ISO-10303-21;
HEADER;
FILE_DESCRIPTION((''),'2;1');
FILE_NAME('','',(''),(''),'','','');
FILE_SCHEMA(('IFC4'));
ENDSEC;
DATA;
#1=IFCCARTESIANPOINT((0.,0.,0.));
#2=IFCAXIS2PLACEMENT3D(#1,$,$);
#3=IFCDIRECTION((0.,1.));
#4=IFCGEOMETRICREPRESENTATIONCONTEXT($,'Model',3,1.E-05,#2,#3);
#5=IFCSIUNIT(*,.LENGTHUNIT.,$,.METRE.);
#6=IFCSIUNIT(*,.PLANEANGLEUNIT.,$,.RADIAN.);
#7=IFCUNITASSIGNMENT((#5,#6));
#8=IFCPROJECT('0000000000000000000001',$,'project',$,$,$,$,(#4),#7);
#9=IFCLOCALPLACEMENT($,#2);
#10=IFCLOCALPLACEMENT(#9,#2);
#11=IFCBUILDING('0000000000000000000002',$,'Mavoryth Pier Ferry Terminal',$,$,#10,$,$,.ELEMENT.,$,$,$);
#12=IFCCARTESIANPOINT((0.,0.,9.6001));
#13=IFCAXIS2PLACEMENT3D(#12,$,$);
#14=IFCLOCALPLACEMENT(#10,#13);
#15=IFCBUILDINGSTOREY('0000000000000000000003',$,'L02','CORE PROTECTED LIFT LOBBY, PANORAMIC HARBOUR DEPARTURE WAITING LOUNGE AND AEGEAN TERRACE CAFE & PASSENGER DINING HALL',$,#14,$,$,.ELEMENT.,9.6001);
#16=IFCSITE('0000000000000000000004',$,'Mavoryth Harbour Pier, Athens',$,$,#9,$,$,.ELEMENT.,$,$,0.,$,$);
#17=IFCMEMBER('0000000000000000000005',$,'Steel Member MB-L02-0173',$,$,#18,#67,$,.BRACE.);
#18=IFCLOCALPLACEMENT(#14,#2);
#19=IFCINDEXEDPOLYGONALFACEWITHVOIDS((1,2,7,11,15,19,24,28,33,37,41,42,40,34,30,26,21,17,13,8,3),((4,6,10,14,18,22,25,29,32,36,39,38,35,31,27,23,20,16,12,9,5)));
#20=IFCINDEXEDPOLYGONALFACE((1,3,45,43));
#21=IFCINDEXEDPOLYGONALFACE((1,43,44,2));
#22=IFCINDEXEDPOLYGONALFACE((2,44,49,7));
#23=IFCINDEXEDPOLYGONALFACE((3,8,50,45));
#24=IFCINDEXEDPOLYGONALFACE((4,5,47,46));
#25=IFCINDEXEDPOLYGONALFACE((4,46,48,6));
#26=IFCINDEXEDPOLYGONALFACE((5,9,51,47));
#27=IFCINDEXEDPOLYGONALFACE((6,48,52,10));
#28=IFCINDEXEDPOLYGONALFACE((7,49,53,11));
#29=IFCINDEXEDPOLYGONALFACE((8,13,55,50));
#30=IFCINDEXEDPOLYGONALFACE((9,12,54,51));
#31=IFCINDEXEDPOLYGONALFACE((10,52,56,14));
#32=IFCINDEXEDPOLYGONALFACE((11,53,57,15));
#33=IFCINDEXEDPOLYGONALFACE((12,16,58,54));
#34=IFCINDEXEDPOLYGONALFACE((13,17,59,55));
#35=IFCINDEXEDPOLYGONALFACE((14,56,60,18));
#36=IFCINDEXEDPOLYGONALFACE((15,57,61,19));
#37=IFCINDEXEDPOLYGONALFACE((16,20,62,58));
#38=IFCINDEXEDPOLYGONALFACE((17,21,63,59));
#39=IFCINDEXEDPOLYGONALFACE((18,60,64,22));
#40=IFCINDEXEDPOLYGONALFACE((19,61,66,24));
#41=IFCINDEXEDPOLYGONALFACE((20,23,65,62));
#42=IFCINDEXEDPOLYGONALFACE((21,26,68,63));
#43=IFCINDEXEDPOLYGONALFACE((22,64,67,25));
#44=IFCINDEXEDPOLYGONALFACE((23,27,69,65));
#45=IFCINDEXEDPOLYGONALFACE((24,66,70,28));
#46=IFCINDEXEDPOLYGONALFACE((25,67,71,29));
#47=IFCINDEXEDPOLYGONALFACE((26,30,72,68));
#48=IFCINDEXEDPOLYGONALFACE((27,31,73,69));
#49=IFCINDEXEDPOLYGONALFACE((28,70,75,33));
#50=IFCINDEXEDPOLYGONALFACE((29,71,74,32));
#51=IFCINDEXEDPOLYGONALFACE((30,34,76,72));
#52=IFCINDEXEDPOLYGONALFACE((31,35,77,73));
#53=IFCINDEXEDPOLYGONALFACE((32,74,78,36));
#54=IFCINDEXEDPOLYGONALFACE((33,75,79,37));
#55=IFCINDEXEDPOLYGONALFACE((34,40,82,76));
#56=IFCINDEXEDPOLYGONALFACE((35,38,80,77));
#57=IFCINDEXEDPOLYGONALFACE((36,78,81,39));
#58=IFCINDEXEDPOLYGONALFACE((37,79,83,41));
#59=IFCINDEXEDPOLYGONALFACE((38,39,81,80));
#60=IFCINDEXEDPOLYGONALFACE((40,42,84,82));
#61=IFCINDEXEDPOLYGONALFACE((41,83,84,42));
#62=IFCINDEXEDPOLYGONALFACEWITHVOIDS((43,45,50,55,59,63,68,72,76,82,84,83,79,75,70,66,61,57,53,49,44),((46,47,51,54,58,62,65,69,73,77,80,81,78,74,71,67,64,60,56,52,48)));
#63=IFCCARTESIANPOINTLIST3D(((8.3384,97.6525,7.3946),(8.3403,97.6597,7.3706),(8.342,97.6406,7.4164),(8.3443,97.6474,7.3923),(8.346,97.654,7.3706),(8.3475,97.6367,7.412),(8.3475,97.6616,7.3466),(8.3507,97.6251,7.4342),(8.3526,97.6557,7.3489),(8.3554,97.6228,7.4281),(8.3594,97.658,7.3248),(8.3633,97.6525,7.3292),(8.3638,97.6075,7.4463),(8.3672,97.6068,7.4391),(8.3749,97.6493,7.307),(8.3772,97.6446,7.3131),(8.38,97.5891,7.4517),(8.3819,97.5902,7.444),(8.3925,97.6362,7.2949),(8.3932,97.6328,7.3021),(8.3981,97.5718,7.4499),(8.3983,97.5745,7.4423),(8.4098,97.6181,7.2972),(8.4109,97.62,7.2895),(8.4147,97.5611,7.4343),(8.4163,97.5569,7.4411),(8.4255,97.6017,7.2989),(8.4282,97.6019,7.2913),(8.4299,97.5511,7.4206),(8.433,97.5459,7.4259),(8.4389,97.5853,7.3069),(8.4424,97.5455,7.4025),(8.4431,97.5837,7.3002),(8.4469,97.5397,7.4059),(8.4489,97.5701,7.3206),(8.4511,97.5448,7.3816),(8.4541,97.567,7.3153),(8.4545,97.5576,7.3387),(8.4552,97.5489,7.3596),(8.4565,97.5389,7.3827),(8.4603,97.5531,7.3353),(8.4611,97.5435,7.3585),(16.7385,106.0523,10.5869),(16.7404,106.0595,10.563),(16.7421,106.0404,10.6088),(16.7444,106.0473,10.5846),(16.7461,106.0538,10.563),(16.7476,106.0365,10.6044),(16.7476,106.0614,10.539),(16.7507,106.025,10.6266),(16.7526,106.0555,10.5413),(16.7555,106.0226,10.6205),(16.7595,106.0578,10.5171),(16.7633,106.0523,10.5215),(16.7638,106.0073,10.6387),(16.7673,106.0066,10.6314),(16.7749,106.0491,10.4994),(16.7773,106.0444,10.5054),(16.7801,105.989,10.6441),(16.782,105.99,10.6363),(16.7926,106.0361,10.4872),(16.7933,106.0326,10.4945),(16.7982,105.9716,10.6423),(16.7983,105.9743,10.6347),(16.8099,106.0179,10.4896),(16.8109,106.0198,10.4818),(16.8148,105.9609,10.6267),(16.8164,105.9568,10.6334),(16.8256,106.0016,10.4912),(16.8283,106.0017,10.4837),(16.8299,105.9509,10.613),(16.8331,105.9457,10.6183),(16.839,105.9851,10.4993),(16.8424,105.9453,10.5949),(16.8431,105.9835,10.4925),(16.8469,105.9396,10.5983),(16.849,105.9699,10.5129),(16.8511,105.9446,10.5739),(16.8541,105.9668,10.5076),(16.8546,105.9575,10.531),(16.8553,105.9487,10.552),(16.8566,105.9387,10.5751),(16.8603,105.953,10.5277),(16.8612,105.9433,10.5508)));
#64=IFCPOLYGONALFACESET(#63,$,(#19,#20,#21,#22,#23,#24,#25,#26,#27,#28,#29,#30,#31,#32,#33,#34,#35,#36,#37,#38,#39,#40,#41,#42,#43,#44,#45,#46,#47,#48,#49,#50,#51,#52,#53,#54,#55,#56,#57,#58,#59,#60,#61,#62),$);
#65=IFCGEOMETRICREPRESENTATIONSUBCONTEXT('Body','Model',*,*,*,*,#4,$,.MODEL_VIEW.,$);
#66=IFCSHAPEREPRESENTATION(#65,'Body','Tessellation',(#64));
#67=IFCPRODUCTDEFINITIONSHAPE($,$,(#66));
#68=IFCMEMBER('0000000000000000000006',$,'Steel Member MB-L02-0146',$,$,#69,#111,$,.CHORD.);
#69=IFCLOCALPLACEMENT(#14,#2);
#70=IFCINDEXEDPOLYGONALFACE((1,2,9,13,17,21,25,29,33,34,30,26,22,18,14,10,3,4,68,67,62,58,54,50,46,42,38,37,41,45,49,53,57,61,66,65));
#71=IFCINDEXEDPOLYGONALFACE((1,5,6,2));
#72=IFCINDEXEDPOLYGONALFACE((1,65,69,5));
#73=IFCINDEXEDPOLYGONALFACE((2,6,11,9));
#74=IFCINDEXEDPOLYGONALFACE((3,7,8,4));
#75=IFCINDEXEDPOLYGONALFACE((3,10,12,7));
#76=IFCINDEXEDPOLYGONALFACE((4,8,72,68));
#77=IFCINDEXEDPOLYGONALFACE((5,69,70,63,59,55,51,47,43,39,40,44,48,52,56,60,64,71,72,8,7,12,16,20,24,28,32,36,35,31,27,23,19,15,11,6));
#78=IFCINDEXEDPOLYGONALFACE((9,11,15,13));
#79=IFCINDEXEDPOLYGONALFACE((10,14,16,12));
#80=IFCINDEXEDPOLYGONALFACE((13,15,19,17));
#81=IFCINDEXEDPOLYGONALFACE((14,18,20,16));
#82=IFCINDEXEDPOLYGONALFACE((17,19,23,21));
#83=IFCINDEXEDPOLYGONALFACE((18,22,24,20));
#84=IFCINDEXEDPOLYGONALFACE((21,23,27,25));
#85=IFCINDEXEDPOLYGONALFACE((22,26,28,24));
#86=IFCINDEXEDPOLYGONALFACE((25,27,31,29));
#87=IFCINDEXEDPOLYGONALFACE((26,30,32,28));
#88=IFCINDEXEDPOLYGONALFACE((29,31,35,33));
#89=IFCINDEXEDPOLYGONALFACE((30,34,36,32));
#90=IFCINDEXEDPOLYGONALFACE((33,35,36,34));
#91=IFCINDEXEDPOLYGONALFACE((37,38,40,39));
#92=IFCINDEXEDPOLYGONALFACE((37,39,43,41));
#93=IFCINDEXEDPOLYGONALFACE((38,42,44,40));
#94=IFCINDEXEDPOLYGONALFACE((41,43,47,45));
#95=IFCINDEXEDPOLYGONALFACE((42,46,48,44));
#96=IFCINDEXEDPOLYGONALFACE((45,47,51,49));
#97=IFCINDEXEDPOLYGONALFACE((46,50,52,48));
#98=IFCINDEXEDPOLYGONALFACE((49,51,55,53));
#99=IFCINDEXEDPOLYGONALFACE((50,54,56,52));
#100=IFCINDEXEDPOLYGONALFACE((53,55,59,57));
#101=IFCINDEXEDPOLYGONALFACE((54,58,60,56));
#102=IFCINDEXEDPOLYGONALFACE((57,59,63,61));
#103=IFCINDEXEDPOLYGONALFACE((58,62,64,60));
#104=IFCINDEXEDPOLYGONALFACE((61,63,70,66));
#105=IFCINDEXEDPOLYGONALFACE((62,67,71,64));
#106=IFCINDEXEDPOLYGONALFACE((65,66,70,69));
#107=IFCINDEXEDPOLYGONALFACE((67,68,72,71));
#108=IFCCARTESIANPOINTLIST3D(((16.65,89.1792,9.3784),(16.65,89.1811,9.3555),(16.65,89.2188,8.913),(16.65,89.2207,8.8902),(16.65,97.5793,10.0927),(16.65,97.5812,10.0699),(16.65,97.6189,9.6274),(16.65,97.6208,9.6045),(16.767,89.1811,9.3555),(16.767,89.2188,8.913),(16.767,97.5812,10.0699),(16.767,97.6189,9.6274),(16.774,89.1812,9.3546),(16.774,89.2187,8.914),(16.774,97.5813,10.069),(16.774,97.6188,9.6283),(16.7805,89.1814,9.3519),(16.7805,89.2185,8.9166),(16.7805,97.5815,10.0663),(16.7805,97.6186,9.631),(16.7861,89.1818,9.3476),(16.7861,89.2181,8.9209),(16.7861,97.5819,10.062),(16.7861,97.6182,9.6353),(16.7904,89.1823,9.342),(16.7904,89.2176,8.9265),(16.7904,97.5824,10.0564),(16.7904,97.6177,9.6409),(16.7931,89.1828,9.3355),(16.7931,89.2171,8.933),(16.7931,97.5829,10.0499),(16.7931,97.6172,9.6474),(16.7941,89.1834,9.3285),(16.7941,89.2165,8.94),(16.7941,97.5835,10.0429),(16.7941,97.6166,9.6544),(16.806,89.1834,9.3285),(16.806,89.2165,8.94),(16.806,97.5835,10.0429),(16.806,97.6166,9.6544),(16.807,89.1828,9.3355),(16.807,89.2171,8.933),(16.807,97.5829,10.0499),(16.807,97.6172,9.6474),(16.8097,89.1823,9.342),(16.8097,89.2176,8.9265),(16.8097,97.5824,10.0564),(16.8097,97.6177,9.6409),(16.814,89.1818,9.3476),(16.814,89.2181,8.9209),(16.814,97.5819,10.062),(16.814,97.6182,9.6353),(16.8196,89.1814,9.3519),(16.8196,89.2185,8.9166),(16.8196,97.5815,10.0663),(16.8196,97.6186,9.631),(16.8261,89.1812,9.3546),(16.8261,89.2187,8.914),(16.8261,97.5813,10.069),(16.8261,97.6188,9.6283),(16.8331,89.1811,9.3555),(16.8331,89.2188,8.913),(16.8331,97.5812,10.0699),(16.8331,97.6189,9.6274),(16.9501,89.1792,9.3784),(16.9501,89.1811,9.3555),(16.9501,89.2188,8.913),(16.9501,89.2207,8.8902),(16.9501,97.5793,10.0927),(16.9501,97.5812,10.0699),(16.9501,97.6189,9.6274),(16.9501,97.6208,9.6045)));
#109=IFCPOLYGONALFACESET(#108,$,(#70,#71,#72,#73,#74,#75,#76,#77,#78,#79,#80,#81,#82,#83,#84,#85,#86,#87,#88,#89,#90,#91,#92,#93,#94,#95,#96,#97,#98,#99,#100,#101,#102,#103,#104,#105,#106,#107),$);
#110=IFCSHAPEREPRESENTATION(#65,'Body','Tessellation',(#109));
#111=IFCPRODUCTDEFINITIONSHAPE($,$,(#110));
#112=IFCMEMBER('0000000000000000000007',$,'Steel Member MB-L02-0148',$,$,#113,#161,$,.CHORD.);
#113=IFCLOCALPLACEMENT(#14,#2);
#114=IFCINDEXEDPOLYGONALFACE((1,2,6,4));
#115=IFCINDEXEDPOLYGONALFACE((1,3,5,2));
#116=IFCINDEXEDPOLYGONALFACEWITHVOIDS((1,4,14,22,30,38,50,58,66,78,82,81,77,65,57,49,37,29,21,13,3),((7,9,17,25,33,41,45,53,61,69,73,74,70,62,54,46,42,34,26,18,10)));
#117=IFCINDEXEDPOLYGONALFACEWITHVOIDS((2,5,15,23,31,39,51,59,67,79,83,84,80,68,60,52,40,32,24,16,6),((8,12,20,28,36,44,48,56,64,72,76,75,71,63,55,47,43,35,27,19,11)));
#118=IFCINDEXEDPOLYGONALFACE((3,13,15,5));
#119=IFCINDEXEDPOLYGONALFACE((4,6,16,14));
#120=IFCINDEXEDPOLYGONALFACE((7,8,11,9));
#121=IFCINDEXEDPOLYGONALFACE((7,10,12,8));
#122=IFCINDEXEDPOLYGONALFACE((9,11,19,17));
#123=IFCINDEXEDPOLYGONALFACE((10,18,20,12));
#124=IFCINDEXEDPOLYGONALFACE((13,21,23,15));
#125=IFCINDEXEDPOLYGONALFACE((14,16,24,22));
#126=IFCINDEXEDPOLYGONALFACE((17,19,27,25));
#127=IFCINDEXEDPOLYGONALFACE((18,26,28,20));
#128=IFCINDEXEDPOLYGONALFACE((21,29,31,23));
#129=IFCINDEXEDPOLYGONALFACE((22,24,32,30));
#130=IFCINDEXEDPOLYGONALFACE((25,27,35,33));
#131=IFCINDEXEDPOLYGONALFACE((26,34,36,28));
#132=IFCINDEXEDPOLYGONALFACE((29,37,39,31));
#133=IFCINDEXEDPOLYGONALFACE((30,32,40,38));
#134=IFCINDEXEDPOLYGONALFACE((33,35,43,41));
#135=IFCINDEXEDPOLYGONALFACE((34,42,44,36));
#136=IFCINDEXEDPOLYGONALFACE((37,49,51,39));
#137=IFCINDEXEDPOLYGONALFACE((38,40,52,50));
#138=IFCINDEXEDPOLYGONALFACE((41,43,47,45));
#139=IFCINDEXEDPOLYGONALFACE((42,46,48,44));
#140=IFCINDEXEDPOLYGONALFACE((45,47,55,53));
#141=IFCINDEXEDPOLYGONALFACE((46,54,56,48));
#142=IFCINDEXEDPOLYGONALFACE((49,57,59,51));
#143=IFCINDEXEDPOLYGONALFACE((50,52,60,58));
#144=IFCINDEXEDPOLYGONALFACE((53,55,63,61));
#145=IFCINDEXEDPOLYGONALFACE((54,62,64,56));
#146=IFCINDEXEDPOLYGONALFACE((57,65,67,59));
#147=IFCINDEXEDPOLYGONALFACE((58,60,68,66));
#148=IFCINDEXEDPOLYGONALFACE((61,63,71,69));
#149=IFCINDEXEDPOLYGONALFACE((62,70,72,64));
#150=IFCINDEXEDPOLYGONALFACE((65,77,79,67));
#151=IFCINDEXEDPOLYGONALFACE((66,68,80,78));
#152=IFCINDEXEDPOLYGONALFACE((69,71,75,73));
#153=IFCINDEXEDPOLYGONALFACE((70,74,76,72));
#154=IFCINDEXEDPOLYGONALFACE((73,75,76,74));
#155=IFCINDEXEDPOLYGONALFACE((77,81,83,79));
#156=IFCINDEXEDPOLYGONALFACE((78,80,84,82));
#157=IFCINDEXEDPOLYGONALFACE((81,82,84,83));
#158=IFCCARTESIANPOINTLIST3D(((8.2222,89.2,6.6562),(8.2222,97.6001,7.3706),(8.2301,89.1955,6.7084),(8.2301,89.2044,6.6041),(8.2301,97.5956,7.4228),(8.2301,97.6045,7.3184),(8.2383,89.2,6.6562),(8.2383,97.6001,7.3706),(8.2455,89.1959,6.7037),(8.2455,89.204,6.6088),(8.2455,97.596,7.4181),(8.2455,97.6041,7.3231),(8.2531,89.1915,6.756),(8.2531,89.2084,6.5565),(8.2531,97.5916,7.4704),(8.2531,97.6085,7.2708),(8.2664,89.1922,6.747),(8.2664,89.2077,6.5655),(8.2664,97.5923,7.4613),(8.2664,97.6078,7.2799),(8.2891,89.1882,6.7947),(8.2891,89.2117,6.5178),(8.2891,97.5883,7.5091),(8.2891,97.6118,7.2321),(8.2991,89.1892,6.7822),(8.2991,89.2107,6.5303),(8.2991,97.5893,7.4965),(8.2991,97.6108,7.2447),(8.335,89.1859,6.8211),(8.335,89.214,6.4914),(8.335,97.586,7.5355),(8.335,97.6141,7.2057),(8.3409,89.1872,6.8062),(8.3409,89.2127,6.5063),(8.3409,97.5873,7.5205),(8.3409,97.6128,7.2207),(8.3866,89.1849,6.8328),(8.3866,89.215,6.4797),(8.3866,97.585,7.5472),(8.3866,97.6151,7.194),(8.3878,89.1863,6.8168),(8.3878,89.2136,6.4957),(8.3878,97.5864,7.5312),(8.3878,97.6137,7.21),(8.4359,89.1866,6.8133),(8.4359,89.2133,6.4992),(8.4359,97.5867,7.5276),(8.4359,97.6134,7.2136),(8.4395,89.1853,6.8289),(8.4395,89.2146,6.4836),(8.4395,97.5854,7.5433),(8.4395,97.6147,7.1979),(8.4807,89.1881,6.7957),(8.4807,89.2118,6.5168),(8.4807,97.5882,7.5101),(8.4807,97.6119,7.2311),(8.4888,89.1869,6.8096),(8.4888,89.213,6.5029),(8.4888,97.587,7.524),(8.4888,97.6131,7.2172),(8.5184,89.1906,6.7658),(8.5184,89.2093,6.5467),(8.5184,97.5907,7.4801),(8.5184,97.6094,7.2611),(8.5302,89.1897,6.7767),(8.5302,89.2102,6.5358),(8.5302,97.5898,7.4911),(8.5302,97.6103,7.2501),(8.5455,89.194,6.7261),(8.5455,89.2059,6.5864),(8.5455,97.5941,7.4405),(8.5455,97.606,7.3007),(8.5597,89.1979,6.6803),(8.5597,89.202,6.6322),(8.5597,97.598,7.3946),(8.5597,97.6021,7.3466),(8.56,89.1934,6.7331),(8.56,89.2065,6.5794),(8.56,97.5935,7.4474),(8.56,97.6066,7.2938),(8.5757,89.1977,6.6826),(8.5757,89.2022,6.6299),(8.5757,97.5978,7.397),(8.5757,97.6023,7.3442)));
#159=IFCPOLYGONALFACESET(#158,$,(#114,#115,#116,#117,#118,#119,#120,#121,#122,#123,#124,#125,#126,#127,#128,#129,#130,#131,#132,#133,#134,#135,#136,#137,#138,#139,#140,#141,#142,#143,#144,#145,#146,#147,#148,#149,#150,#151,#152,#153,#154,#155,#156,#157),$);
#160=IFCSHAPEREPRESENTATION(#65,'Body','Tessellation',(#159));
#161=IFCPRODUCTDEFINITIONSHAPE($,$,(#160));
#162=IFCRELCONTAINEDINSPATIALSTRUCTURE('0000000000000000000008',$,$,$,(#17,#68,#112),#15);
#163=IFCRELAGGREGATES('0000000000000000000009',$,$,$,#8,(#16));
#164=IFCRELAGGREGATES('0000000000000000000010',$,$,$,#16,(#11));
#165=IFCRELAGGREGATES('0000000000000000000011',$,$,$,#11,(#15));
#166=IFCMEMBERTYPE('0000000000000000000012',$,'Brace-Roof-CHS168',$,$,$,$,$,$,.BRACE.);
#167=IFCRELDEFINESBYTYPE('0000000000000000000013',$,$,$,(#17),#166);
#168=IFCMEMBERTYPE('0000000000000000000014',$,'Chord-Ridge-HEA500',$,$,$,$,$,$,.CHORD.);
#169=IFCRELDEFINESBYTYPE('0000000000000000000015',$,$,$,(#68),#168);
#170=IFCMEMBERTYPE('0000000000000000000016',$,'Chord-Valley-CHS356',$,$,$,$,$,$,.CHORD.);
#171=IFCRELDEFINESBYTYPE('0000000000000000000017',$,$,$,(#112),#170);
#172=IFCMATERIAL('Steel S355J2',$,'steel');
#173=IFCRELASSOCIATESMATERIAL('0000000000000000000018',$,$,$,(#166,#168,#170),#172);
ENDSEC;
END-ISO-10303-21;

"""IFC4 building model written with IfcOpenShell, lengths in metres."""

from ifc_helpers import new_model, si_unit, direction, frame, origin, origin_2d, place, context, subcontext, project, spatial, hollow_circle, i_section, extrude, material, material_profile, profile_set, type_object, element, save


model = new_model("IFC4")

# Units and contexts
model_context = context("Model", 3, precision=1e-05, world=origin(), true_north=direction((0.0, 1.0)))
body_context = subcontext(model_context, "Body", "Model", "MODEL_VIEW")
ifc_project = project(units=[si_unit("LENGTHUNIT", "METRE"), si_unit("PLANEANGLEUNIT", "RADIAN")], contexts=[model_context])

# Site, building, storey
site_placement = place(None, origin())
site = spatial("IfcSite", under=ifc_project, at=site_placement, Name="Mavoryth Harbour Pier, Athens", CompositionType="ELEMENT", RefElevation=0.0)
building_placement = place(site_placement, origin())
building = spatial("IfcBuilding", under=site, at=building_placement, Name="Mavoryth Pier Ferry Terminal", CompositionType="ELEMENT")
storey_placement = place(building_placement, frame((0.0, 0.0, 9.6001)))
storey = spatial("IfcBuildingStorey", under=building, at=storey_placement, Name="L02", Description="CORE PROTECTED LIFT LOBBY, PANORAMIC HARBOUR DEPARTURE WAITING LOUNGE AND AEGEAN TERRACE CAFE & PASSENGER DINING HALL", CompositionType="ELEMENT", Elevation=9.6001)

# Shared definitions
ifc_material_1 = material(Name="Steel S355J2", Category="steel")

# Members
ifc_material_profile_1 = material_profile(ifc_material_1, hollow_circle(Radius=0.0842, WallThickness=0.0081, at=origin_2d()), Name="CHS 168.3x8.0", Category="steel")
ifc_profile_set_1 = profile_set([ifc_material_profile_1], Name="Steel S355J2 - CHS 168.3x8.0")
member_type_1 = type_object("IfcMemberType", Name="Brace-Roof-CHS168", PredefinedType="BRACE", material=ifc_profile_set_1)
member_1_placement = place(storey_placement, frame((8.3999, 97.6001, 7.3706), z_axis=(0.682889, 0.682869, 0.259524), x_axis=(-0.707097, 0.707117, 0.0)))
element("IfcMember", 1, at=member_1_placement, inside=storey, type_object=member_type_1, Name="Steel Member MB-L02-0173", PredefinedType="BRACE", context=body_context, shape_type="SweptSolid", body=[
    extrude(hollow_circle(Radius=0.0842, WallThickness=0.0081, at=origin_2d()), origin(), (0.0, 0.0, 1.0), 12.3008),
])
ifc_material_profile_2 = material_profile(ifc_material_1, i_section(OverallWidth=0.3, OverallDepth=0.49, WebThickness=0.012, FlangeThickness=0.0229, FilletRadius=0.0271, at=origin_2d()), Name="HEA 500", Category="steel")
ifc_profile_set_2 = profile_set([ifc_material_profile_2], Name="Steel S355J2 - HEA 500")
member_type_2 = type_object("IfcMemberType", Name="Chord-Ridge-HEA500", PredefinedType="CHORD", material=ifc_profile_set_2)
member_2_placement = place(storey_placement, frame((16.8, 89.2, 9.1343), z_axis=(0.0, 0.996404, 0.084735), x_axis=(-1.0, 0.0, 0.0)))
element("IfcMember", 2, at=member_2_placement, inside=storey, type_object=member_type_2, Name="Steel Member MB-L02-0146", PredefinedType="CHORD", context=body_context, shape_type="SweptSolid", body=[
    extrude(i_section(OverallWidth=0.3, OverallDepth=0.49, WebThickness=0.012, FlangeThickness=0.0229, FilletRadius=0.0271, at=origin_2d()), origin(), (0.0, 0.0, 1.0), 8.4304),
])
ifc_material_profile_3 = material_profile(ifc_material_1, hollow_circle(Radius=0.1777, WallThickness=0.0161, at=origin_2d()), Name="CHS 355.6x16.0", Category="steel")
ifc_profile_set_3 = profile_set([ifc_material_profile_3], Name="Steel S355J2 - CHS 355.6x16.0")
member_type_3 = type_object("IfcMemberType", Name="Chord-Valley-CHS356", PredefinedType="CHORD", material=ifc_profile_set_3)
member_3_placement = place(storey_placement, frame((8.3999, 89.2, 6.6562), z_axis=(0.0, 0.996404, 0.084735), x_axis=(-1.0, 0.0, 0.0)))
element("IfcMember", 3, at=member_3_placement, inside=storey, type_object=member_type_3, Name="Steel Member MB-L02-0148", PredefinedType="CHORD", context=body_context, shape_type="SweptSolid", body=[
    extrude(hollow_circle(Radius=0.1777, WallThickness=0.0161, at=origin_2d()), origin(), (0.0, 0.0, 1.0), 8.4304),
])

save(model, "model.ifc")
